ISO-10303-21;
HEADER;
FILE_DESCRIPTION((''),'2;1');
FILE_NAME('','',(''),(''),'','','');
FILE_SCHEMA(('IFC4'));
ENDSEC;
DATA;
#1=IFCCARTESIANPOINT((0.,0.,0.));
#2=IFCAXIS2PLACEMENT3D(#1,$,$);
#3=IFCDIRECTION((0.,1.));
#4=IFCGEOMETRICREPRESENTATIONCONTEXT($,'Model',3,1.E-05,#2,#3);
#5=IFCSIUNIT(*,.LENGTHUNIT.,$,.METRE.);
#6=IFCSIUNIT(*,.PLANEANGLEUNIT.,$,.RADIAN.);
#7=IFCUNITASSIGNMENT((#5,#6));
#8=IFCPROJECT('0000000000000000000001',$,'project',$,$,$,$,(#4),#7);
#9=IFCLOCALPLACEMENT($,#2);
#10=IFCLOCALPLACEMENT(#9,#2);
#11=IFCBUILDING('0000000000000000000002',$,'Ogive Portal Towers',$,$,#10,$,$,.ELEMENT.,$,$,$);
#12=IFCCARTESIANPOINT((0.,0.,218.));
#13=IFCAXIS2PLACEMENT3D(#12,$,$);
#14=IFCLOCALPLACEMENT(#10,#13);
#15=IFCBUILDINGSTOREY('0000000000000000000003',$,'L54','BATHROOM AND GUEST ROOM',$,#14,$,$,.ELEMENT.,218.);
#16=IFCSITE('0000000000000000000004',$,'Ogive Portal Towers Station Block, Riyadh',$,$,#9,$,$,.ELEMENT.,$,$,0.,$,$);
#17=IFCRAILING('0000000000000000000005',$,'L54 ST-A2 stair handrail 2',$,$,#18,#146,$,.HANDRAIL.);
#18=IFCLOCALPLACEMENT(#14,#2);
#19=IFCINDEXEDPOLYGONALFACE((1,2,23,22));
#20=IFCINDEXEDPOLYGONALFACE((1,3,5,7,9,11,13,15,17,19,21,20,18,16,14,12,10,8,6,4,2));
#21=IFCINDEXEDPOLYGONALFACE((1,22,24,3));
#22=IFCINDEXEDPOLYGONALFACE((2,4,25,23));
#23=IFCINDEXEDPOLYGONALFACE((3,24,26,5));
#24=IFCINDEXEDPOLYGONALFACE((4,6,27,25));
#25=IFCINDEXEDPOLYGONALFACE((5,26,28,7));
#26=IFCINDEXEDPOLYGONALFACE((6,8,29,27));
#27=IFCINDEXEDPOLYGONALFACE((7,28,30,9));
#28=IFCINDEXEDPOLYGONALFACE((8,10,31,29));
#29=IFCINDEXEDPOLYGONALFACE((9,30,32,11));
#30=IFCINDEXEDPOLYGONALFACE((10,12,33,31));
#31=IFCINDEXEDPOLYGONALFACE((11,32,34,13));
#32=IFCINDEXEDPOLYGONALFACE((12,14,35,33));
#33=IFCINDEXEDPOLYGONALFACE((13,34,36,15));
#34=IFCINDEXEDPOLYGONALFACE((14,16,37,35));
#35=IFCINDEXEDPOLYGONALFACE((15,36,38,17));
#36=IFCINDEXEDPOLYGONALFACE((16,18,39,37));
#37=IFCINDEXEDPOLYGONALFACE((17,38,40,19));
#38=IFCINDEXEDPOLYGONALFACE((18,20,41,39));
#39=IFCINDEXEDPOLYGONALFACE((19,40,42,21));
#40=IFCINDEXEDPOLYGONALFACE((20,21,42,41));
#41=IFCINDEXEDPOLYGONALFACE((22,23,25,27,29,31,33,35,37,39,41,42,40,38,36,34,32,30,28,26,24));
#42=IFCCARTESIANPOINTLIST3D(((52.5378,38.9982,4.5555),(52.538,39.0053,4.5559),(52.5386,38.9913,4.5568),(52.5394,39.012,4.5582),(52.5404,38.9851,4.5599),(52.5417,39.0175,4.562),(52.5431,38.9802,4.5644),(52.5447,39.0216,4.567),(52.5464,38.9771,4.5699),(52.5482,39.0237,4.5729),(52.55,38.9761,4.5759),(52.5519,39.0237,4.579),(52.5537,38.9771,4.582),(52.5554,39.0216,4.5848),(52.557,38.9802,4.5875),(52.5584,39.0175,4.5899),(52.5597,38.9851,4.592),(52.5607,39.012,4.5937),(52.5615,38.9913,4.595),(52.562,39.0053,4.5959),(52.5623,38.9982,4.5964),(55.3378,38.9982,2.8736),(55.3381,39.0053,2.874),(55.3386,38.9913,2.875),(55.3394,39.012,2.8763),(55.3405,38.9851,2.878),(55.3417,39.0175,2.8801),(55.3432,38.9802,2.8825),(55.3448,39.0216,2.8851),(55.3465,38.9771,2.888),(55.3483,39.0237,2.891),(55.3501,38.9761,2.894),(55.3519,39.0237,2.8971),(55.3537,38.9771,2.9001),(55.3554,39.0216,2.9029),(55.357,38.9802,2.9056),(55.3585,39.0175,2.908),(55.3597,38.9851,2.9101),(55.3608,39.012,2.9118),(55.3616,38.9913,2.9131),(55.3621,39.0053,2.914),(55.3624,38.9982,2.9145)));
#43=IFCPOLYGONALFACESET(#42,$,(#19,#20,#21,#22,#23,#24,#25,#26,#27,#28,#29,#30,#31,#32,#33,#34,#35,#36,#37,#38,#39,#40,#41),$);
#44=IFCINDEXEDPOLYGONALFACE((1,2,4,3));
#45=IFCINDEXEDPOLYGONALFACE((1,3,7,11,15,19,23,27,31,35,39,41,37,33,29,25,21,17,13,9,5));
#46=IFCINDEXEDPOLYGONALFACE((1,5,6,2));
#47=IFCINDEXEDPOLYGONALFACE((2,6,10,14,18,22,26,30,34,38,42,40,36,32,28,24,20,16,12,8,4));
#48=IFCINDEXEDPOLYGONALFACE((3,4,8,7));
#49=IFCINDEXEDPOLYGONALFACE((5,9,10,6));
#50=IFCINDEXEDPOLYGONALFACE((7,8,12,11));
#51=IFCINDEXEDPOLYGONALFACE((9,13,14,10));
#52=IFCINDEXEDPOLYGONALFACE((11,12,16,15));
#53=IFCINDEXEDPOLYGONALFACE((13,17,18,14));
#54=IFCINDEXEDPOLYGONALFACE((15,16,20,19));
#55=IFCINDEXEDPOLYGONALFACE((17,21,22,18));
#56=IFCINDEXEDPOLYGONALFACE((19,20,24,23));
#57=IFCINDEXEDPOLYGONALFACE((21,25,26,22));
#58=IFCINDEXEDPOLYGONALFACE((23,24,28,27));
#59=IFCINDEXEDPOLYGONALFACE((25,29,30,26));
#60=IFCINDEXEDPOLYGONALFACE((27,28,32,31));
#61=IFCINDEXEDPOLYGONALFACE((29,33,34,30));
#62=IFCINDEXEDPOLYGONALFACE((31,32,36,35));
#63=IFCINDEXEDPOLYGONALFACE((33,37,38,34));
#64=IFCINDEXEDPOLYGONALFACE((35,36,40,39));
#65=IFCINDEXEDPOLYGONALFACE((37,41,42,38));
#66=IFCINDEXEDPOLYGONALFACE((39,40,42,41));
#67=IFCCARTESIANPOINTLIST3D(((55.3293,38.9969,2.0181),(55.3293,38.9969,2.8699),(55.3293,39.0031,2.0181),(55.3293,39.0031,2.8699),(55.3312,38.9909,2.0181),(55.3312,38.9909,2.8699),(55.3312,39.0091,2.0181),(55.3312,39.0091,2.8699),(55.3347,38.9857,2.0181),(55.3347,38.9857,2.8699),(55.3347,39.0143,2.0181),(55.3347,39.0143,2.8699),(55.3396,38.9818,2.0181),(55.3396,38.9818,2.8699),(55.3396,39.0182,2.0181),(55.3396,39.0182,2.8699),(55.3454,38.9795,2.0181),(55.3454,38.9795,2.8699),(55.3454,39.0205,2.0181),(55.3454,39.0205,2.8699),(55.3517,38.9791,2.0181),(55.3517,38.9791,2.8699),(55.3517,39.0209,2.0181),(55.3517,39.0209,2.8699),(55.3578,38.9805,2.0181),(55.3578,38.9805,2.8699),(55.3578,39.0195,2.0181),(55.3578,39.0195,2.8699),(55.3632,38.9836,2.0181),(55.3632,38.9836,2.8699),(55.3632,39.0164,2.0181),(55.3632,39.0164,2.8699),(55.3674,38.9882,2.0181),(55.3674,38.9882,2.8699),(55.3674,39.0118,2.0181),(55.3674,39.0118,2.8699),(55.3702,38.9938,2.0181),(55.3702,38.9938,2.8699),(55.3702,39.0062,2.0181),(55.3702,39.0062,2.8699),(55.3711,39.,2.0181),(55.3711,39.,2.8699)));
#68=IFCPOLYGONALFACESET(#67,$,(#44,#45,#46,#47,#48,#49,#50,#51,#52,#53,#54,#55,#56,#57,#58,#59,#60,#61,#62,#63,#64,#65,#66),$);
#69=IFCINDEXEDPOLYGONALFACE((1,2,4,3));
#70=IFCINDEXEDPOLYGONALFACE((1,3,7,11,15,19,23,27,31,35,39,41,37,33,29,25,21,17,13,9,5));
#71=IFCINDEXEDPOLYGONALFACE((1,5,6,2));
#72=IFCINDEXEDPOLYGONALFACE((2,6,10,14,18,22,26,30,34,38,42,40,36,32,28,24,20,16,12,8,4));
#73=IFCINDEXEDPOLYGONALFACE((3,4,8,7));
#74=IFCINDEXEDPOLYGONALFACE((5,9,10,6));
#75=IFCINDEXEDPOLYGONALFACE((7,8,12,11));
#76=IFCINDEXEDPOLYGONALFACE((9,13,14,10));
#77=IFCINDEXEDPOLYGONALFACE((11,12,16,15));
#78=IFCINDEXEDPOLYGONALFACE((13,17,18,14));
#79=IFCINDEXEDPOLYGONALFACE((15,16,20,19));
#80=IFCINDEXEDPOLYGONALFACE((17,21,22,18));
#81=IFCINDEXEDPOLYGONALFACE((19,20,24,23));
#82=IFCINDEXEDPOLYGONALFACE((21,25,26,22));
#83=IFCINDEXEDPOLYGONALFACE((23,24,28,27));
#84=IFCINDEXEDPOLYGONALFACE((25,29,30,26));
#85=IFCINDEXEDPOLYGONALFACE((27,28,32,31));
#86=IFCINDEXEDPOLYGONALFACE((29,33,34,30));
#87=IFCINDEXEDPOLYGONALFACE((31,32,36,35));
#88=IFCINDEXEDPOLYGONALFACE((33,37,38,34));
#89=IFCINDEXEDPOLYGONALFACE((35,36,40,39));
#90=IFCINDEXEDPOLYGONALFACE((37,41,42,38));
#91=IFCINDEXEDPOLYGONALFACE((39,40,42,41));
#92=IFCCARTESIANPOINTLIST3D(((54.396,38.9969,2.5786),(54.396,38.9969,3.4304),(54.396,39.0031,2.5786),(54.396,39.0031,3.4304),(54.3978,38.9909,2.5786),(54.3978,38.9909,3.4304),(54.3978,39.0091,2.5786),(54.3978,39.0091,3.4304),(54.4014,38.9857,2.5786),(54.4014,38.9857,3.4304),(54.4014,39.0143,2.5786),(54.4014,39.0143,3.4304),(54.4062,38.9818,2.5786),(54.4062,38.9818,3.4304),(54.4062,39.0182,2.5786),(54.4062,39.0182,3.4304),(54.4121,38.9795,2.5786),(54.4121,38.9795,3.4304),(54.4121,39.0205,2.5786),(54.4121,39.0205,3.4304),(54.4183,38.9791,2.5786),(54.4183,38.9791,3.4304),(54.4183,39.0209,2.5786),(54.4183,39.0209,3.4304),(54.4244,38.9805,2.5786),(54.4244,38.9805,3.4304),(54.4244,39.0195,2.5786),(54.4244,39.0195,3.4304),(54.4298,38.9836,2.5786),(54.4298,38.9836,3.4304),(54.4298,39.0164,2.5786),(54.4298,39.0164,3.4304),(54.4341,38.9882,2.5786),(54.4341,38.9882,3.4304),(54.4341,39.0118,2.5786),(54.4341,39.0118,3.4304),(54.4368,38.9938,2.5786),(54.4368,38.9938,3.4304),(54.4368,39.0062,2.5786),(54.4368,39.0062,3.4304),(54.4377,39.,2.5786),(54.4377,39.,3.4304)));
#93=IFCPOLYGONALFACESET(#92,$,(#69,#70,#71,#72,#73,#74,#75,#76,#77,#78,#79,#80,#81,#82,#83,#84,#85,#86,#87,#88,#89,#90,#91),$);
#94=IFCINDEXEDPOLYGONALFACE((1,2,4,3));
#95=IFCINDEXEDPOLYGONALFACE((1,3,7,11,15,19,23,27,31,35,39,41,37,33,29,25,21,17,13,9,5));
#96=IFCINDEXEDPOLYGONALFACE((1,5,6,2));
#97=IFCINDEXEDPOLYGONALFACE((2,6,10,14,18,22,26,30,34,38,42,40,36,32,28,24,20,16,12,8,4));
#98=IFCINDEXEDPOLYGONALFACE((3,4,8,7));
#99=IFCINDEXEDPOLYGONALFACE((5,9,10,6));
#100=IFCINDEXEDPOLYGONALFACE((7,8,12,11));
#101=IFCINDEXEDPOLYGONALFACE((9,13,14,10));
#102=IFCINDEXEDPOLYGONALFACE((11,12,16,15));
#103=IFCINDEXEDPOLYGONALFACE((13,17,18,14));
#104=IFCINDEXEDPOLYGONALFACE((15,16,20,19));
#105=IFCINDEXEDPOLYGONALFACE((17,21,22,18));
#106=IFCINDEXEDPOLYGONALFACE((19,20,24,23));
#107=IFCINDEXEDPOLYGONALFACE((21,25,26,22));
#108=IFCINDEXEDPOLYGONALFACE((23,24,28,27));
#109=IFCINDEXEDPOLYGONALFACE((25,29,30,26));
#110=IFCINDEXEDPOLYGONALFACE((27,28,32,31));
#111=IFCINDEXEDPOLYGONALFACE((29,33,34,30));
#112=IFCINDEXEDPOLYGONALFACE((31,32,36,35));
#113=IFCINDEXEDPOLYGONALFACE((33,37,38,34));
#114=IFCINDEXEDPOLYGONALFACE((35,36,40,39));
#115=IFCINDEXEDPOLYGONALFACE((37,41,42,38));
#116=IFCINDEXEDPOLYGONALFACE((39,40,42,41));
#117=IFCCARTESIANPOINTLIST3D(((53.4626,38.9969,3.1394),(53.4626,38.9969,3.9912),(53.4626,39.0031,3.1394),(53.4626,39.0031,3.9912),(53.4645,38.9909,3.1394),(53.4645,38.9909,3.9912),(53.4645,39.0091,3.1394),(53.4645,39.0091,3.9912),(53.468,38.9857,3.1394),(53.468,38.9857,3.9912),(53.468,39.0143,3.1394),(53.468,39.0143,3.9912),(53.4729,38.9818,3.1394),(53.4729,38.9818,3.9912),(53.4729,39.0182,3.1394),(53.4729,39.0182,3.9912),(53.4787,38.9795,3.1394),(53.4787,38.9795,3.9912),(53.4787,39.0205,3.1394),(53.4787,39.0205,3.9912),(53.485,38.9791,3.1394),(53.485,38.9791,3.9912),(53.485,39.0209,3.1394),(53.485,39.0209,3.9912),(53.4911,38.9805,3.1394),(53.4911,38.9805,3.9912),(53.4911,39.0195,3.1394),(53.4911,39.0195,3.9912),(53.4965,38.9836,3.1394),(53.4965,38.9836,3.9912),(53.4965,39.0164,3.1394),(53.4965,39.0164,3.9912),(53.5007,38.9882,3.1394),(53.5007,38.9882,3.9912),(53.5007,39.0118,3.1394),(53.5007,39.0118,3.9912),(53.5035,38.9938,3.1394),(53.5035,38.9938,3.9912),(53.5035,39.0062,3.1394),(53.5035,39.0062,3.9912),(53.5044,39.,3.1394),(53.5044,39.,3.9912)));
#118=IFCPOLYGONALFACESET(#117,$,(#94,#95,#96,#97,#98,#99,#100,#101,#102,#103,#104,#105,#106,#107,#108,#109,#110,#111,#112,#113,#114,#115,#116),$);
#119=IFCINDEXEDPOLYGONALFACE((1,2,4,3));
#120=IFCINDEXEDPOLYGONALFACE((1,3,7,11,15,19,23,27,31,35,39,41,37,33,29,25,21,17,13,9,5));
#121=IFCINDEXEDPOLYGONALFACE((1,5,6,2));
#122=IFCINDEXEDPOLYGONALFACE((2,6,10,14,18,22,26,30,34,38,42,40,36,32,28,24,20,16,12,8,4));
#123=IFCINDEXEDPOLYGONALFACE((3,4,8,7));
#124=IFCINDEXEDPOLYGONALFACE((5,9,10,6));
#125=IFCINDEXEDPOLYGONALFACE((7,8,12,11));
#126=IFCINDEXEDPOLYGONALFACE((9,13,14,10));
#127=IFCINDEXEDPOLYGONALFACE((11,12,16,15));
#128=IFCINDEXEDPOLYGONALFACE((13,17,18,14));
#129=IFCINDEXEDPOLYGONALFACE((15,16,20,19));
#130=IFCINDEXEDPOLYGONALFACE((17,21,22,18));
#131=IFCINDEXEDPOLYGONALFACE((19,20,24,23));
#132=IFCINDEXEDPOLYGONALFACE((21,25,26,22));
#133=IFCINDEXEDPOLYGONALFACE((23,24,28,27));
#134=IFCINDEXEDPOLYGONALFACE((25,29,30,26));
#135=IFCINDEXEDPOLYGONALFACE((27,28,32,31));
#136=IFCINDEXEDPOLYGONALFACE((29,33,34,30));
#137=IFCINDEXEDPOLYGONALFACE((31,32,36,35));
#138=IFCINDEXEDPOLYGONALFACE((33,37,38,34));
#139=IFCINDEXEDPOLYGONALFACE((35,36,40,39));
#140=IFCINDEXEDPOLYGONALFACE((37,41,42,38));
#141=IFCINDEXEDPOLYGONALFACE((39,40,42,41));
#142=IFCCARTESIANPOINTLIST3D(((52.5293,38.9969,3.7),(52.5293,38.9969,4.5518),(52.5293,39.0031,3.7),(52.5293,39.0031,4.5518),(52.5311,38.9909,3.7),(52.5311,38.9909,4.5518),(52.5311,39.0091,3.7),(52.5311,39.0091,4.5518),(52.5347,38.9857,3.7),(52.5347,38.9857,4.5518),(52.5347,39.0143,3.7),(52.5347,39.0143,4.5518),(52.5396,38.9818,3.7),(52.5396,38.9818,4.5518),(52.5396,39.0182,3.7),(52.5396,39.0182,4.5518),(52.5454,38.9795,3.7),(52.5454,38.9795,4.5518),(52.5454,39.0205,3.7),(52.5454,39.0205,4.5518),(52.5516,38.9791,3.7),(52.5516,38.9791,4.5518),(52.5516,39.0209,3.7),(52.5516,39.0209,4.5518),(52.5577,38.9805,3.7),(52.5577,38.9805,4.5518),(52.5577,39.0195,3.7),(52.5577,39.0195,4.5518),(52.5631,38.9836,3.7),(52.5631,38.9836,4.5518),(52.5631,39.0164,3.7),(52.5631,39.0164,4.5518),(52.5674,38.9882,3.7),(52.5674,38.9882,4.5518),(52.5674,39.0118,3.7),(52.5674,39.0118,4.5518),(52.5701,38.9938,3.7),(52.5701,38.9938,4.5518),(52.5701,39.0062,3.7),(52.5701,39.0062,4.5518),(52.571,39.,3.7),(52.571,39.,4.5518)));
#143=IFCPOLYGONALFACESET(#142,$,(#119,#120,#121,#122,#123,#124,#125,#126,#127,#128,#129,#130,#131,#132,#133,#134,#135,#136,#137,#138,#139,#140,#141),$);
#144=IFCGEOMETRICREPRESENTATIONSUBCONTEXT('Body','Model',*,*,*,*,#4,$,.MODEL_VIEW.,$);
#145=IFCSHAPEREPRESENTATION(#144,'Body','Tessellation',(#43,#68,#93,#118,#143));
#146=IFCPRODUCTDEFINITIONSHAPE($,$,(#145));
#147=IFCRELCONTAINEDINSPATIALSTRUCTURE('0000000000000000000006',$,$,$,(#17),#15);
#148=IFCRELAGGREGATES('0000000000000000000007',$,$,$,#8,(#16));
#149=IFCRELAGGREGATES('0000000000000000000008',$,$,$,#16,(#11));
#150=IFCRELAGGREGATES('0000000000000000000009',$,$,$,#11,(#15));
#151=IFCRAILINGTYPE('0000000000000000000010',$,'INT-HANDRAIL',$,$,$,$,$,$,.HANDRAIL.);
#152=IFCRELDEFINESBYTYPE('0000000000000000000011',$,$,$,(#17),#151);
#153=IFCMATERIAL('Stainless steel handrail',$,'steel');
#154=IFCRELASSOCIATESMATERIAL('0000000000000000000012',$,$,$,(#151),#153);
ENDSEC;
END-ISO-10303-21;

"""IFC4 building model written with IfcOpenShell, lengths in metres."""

from ifc_helpers import new_model, si_unit, direction, frame, origin, origin_2d, place, context, subcontext, project, spatial, circle, extrude, material, type_object, element, save


model = new_model("IFC4")

# Units and contexts
model_context = context("Model", 3, precision=1e-05, world=origin(), true_north=direction((0.0, 1.0)))
body_context = subcontext(model_context, "Body", "Model", "MODEL_VIEW")
ifc_project = project(units=[si_unit("LENGTHUNIT", "METRE"), si_unit("PLANEANGLEUNIT", "RADIAN")], contexts=[model_context])

# Site, building, storey
site_placement = place(None, origin())
site = spatial("IfcSite", under=ifc_project, at=site_placement, Name="Ogive Portal Towers Station Block, Riyadh", CompositionType="ELEMENT", RefElevation=0.0)
building_placement = place(site_placement, origin())
building = spatial("IfcBuilding", under=site, at=building_placement, Name="Ogive Portal Towers", CompositionType="ELEMENT")
storey_placement = place(building_placement, frame((0.0, 0.0, 218.0)))
storey = spatial("IfcBuildingStorey", under=building, at=storey_placement, Name="L54", Description="BATHROOM AND GUEST ROOM", CompositionType="ELEMENT", Elevation=218.0)

# Railing
ifc_material_1 = material(Name="Stainless steel handrail", Category="steel")
railing_type_1 = type_object("IfcRailingType", Name="INT-HANDRAIL", PredefinedType="HANDRAIL", material=ifc_material_1)
railing_1_placement = place(storey_placement, frame((55.3501, 39.0, 2.0181)))
element("IfcRailing", 1, at=railing_1_placement, inside=storey, type_object=railing_type_1, Name="L54 ST-A2 stair handrail 2", PredefinedType="HANDRAIL", context=body_context, shape_type="SweptSolid", body=[
    extrude(circle(Radius=0.0239, at=origin_2d()), frame((0.0, 0.0, 0.876), z_axis=(-0.857242, 0.0, 0.514913), x_axis=(0.0, -1.0, 0.0)), (0.0, 0.0, 1.0), 3.2664),
    extrude(circle(Radius=0.021, at=origin_2d()), origin(), (0.0, 0.0, 1.0), 0.8518),
    extrude(circle(Radius=0.021, at=origin_2d()), frame((-0.9333, 0.0, 0.5605)), (0.0, 0.0, 1.0), 0.8518),
    extrude(circle(Radius=0.021, at=origin_2d()), frame((-1.8667, 0.0, 1.1213)), (0.0, 0.0, 1.0), 0.8518),
    extrude(circle(Radius=0.021, at=origin_2d()), frame((-2.8, 0.0, 1.6819)), (0.0, 0.0, 1.0), 0.8518),
])

save(model, "model.ifc")
